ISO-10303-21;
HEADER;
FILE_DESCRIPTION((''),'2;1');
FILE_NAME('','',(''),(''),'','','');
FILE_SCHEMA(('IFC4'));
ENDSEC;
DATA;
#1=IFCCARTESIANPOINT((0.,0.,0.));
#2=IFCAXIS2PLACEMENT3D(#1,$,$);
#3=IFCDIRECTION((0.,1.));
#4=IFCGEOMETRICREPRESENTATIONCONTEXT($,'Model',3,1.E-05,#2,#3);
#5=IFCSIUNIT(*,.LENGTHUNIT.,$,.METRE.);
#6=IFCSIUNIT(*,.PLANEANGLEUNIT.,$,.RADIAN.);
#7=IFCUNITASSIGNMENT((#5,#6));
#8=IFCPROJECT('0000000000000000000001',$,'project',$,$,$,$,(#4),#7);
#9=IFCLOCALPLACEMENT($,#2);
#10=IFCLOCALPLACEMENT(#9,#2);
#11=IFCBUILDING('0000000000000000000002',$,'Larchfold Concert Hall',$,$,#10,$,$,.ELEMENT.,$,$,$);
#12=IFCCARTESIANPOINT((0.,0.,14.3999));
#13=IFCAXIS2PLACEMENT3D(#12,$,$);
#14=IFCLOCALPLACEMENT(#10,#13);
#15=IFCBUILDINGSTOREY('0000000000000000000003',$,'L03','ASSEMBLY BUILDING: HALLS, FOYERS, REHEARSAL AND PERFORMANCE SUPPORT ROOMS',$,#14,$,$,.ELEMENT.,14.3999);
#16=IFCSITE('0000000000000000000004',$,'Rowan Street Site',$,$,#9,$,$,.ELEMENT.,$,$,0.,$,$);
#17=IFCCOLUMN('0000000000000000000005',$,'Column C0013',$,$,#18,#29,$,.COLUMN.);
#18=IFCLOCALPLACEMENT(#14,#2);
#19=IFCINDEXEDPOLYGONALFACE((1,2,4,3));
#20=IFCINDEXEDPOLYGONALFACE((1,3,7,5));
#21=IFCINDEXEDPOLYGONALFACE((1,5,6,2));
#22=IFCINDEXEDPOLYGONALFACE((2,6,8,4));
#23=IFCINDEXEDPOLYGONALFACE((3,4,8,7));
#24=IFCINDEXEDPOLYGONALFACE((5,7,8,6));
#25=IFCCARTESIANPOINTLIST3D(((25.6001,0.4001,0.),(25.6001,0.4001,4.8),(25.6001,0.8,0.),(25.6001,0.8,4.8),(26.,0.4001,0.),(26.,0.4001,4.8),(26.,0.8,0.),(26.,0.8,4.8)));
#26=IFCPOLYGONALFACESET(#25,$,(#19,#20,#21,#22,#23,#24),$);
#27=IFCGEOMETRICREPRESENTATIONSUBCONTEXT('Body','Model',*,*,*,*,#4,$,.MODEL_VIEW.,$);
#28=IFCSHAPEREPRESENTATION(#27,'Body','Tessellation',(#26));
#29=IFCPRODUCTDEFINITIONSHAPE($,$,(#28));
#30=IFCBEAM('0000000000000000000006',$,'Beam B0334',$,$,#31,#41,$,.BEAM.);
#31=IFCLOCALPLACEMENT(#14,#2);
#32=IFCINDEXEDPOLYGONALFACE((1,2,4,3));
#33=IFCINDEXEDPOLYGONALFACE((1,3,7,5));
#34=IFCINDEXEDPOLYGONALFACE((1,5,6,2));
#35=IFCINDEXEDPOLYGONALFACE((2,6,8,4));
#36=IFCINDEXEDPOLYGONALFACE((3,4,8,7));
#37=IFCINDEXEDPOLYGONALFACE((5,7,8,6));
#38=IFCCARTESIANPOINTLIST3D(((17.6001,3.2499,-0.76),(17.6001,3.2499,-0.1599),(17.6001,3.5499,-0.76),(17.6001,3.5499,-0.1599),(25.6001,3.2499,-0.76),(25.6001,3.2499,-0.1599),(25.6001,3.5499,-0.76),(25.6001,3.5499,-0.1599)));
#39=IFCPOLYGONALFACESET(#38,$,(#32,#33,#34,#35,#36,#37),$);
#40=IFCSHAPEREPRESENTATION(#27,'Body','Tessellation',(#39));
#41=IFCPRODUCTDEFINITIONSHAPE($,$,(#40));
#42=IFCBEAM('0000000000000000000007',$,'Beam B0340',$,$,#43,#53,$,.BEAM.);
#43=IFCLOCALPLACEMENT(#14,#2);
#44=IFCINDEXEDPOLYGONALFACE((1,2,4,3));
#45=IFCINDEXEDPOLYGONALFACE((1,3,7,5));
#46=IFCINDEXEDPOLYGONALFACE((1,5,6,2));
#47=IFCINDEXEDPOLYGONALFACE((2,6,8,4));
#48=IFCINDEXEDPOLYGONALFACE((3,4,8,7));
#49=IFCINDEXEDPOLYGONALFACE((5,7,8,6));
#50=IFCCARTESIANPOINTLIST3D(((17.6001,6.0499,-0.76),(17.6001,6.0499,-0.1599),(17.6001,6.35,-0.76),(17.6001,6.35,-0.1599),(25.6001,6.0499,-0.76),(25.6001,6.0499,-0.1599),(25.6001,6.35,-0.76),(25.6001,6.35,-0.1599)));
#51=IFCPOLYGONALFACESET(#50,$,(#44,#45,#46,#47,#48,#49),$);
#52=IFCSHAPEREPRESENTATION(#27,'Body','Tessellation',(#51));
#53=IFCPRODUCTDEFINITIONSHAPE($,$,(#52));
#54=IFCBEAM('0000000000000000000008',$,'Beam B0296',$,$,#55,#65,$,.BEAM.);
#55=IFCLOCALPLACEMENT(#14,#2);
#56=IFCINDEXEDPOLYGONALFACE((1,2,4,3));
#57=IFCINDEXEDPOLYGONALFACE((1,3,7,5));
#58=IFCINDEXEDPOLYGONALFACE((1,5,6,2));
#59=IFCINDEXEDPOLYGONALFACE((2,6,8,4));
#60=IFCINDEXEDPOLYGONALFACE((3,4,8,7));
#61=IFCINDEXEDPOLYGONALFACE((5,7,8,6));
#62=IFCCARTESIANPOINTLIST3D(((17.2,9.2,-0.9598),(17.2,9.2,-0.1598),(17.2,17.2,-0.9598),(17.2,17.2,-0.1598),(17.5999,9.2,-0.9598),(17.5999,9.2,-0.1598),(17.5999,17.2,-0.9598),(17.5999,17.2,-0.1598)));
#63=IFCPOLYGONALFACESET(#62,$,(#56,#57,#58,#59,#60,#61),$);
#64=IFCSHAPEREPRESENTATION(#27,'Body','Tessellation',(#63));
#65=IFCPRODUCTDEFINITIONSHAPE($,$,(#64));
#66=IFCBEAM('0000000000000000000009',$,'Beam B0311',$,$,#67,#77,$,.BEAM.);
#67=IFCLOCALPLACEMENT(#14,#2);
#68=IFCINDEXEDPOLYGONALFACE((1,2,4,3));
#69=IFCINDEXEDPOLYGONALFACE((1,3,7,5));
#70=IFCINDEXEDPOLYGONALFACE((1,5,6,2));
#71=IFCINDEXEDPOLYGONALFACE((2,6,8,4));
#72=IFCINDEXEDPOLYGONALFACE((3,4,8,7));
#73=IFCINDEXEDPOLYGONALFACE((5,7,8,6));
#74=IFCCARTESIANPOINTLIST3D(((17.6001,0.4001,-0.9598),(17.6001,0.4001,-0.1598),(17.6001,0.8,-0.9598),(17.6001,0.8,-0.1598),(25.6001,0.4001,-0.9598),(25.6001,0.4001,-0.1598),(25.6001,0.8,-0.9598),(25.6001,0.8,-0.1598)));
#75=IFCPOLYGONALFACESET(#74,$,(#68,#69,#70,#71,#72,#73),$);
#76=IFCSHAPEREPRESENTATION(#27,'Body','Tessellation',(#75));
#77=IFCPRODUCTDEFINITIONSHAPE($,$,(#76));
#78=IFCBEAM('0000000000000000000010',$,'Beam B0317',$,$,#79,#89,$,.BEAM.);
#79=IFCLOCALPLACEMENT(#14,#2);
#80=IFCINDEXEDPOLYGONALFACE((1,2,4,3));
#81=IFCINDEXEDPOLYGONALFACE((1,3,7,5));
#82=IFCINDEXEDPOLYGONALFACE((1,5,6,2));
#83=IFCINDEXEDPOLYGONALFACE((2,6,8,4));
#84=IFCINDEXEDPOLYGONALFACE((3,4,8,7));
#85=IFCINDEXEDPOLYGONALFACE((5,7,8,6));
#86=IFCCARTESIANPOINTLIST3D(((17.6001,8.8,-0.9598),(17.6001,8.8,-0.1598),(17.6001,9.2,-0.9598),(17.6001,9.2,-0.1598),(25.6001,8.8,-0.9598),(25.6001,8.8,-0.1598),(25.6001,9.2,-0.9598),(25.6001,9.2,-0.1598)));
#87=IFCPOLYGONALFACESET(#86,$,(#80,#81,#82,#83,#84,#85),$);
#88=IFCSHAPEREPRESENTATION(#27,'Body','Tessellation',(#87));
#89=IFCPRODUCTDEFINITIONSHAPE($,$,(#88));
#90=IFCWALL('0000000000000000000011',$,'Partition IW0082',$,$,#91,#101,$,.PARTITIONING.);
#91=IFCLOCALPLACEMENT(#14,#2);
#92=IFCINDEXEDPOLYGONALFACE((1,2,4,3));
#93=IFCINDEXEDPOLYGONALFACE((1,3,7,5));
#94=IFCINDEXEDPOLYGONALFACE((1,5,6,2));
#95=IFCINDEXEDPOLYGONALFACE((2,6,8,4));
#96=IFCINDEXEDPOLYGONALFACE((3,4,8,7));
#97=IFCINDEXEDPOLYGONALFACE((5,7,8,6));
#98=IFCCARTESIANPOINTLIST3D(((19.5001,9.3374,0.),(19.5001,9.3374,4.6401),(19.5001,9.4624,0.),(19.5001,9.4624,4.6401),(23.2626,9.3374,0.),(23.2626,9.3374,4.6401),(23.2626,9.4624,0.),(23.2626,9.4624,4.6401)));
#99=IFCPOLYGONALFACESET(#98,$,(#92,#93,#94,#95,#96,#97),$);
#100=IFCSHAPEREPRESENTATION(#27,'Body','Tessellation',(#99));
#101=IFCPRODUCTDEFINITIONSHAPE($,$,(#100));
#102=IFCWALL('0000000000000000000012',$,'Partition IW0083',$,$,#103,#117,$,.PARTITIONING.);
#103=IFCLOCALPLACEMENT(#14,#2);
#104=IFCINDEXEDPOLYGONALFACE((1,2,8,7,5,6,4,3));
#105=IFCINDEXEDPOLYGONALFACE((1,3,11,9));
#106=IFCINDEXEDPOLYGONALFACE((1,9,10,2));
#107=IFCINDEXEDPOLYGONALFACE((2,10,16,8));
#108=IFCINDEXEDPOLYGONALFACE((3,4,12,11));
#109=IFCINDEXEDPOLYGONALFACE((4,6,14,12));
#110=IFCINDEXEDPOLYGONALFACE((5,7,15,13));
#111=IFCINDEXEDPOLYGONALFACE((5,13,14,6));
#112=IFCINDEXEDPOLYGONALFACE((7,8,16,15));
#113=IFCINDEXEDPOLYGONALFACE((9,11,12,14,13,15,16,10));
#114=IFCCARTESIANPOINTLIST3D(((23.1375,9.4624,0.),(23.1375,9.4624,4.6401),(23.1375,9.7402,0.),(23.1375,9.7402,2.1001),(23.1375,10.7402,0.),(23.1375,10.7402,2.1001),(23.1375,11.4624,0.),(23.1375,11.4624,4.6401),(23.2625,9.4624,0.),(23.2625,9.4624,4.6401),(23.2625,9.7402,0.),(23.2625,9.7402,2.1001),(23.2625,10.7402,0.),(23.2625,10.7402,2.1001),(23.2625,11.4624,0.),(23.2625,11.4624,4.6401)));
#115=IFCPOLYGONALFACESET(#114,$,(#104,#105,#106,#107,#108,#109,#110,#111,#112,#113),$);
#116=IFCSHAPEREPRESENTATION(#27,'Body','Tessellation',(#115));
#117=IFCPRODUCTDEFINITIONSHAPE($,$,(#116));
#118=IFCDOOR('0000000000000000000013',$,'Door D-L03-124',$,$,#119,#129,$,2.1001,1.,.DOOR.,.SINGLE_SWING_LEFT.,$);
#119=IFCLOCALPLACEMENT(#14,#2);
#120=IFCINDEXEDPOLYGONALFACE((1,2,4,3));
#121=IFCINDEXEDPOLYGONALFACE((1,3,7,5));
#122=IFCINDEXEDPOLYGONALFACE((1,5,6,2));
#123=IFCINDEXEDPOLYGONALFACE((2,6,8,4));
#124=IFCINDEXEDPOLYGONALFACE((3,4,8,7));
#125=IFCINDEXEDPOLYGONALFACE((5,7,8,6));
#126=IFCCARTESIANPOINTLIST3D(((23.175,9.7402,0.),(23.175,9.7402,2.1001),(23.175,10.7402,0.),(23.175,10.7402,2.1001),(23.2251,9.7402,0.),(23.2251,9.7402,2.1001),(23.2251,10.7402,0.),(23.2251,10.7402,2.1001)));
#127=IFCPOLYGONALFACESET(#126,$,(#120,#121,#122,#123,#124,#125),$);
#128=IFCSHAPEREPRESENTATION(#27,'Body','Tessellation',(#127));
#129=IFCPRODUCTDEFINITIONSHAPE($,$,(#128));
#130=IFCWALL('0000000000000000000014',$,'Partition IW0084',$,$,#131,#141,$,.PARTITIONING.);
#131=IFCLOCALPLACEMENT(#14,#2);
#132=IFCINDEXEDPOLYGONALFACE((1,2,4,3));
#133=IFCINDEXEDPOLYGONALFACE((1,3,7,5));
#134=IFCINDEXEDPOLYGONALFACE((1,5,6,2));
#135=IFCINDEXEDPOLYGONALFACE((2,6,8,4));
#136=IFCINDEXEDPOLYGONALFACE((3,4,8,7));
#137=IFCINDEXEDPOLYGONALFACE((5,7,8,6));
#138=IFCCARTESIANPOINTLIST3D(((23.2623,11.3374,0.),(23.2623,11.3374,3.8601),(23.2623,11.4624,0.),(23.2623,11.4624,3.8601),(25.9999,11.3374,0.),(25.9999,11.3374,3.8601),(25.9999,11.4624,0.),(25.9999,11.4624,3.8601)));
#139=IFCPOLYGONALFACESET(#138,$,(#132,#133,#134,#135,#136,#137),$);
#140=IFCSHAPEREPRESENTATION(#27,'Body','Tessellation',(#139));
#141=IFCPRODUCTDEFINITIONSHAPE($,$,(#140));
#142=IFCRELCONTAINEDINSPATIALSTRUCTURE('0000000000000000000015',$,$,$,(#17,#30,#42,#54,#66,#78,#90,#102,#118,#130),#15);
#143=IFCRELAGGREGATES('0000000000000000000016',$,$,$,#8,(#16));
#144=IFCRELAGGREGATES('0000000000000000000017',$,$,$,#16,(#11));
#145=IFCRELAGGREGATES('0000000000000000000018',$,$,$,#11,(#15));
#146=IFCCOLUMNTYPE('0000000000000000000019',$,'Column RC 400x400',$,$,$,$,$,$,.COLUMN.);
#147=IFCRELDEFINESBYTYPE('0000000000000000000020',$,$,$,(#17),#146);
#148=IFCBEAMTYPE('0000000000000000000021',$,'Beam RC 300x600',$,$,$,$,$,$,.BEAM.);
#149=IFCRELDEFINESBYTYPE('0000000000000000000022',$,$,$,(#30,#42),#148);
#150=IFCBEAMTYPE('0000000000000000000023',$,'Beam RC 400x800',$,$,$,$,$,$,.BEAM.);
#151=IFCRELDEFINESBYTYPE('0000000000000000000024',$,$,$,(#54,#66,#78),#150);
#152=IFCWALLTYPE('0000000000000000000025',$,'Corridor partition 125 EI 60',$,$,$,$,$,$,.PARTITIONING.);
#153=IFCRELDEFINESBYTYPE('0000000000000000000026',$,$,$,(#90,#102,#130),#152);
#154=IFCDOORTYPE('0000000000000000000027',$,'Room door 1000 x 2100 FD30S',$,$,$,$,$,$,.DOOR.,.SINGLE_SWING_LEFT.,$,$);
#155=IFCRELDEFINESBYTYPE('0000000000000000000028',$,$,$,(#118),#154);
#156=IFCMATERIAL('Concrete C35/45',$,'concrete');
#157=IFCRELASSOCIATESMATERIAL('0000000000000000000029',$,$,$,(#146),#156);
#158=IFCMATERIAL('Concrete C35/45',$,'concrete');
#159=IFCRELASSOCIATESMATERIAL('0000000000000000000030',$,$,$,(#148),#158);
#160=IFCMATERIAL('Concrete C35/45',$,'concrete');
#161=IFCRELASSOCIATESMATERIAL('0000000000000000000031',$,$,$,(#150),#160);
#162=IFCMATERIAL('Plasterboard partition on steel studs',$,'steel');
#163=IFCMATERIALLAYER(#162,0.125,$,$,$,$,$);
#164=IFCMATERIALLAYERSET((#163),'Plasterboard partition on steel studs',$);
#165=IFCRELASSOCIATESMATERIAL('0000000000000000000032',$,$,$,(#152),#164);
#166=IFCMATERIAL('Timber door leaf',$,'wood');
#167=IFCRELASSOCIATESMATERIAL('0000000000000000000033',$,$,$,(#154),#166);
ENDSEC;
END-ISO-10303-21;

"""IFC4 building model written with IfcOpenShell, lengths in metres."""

from ifc_helpers import new_model, si_unit, direction, frame, frame_2d, origin, origin_2d, place, context, subcontext, project, spatial, rectangle, extrude, material, layer, layer_set, material_profile, profile_set, type_object, element, fill, save


model = new_model("IFC4")

# Units and contexts
model_context = context("Model", 3, precision=1e-05, world=origin(), true_north=direction((0.0, 1.0)))
body_context = subcontext(model_context, "Body", "Model", "MODEL_VIEW")
ifc_project = project(units=[si_unit("LENGTHUNIT", "METRE"), si_unit("PLANEANGLEUNIT", "RADIAN")], contexts=[model_context])

# Site, building, storey
site_placement = place(None, origin())
site = spatial("IfcSite", under=ifc_project, at=site_placement, Name="Rowan Street Site", CompositionType="ELEMENT", RefElevation=0.0)
building_placement = place(site_placement, origin())
building = spatial("IfcBuilding", under=site, at=building_placement, Name="Larchfold Concert Hall", CompositionType="ELEMENT")
storey_placement = place(building_placement, frame((0.0, 0.0, 14.3999)))
storey = spatial("IfcBuildingStorey", under=building, at=storey_placement, Name="L03", Description="ASSEMBLY BUILDING: HALLS, FOYERS, REHEARSAL AND PERFORMANCE SUPPORT ROOMS", CompositionType="ELEMENT", Elevation=14.3999)

# Column
ifc_material_1 = material(Name="Concrete C35/45", Category="concrete")
ifc_material_profile_1 = material_profile(ifc_material_1, rectangle(XDim=0.3999, YDim=0.3999, at=origin_2d()))
ifc_profile_set_1 = profile_set([ifc_material_profile_1], Name="Concrete C35/45")
column_type = type_object("IfcColumnType", Name="Column RC 400x400", PredefinedType="COLUMN", material=ifc_profile_set_1)
column_placement = place(storey_placement, frame((25.8, 0.6001, 0.0), z_axis=(0.0, 0.0, 1.0), x_axis=(1.0, 0.0, 0.0)))
element("IfcColumn", 1, at=column_placement, inside=storey, type_object=column_type, Name="Column C0013", PredefinedType="COLUMN", context=body_context, shape_type="SweptSolid", body=[
    extrude(rectangle(XDim=0.3999, YDim=0.3999, at=origin_2d()), origin(), (0.0, 0.0, 1.0), 4.8),
])

# Beams
ifc_material_2 = material(Name="Concrete C35/45", Category="concrete")
ifc_material_profile_2 = material_profile(ifc_material_2, rectangle(XDim=0.3, YDim=0.6001, at=origin_2d()))
ifc_profile_set_2 = profile_set([ifc_material_profile_2], Name="Concrete C35/45")
beam_type_1 = type_object("IfcBeamType", Name="Beam RC 300x600", PredefinedType="BEAM", material=ifc_profile_set_2)
for number, where, z_axis, x_axis, name in (
    (2, (17.6001, 3.3999, -0.46), (1.0, 0.0, 0.0), (0.0, 1.0, 0.0), "Beam B0334"),
    (3, (17.6001, 6.2, -0.46), (1.0, 0.0, 0.0), (0.0, 1.0, 0.0), "Beam B0340"),
):
    element("IfcBeam", number, at=place(storey_placement, frame(where, z_axis=z_axis, x_axis=x_axis)), inside=storey, type_object=beam_type_1, Name=name, PredefinedType="BEAM", context=body_context, shape_type="SweptSolid", body=[
        extrude(rectangle(XDim=0.3, YDim=0.6001, at=origin_2d()), origin(), (0.0, 0.0, 1.0), 8.0),
    ])
ifc_material_3 = material(Name="Concrete C35/45", Category="concrete")
ifc_material_profile_3 = material_profile(ifc_material_3, rectangle(XDim=0.3999, YDim=0.8, at=origin_2d()))
ifc_profile_set_3 = profile_set([ifc_material_profile_3], Name="Concrete C35/45")
beam_type_2 = type_object("IfcBeamType", Name="Beam RC 400x800", PredefinedType="BEAM", material=ifc_profile_set_3)
for number, where, z_axis, x_axis, name in (
    (4, (17.3999, 9.2, -0.5598), (0.0, 1.0, 0.0), (-1.0, 0.0, 0.0), "Beam B0296"),
    (5, (17.6001, 0.6001, -0.5598), (1.0, 0.0, 0.0), (0.0, 1.0, 0.0), "Beam B0311"),
    (6, (17.6001, 9.0, -0.5598), (1.0, 0.0, 0.0), (0.0, 1.0, 0.0), "Beam B0317"),
):
    element("IfcBeam", number, at=place(storey_placement, frame(where, z_axis=z_axis, x_axis=x_axis)), inside=storey, type_object=beam_type_2, Name=name, PredefinedType="BEAM", context=body_context, shape_type="SweptSolid", body=[
        extrude(rectangle(XDim=0.3999, YDim=0.8, at=origin_2d()), origin(), (0.0, 0.0, 1.0), 8.0),
    ])

# Wall
ifc_material_4 = material(Name="Plasterboard partition on steel studs", Category="steel")
ifc_layer_1 = layer(ifc_material_4, 0.125)
ifc_layer_set_1 = layer_set([ifc_layer_1], Name="Plasterboard partition on steel studs")
wall_type_1 = type_object("IfcWallType", Name="Corridor partition 125 EI 60", PredefinedType="PARTITIONING", material=ifc_layer_set_1)
wall_1_placement = place(storey_placement, frame((19.5, 9.3999, 0.0), z_axis=(0.0, 0.0, 1.0), x_axis=(1.0, 0.0, 0.0)))
element("IfcWall", 7, at=wall_1_placement, inside=storey, type_object=wall_type_1, Name="Partition IW0082", PredefinedType="PARTITIONING", context=body_context, shape_type="SweptSolid", body=[
    extrude(rectangle(XDim=3.7625, YDim=0.125, at=frame_2d((1.8813, 0.0))), origin(), (0.0, 0.0, 1.0), 4.6401),
])

# Wall, opening, door
wall_2_placement = place(storey_placement, frame((23.2, 9.4624, 0.0), z_axis=(0.0, 0.0, 1.0), x_axis=(0.0, 1.0, 0.0)))
wall_2 = element("IfcWall", 8, at=wall_2_placement, inside=storey, type_object=wall_type_1, Name="Partition IW0083", PredefinedType="PARTITIONING", context=body_context, shape_type="SweptSolid", body=[
    extrude(rectangle(XDim=2.0, YDim=0.125, at=frame_2d((1.0, 0.0))), origin(), (0.0, 0.0, 1.0), 4.6401),
])
opening_1_placement = place(wall_2_placement, frame((0.2778, 0.0, 0.0)))
opening_1 = element("IfcOpeningElement", 9, at=opening_1_placement, cuts=wall_2, PredefinedType="OPENING", context=body_context, shape_type="SweptSolid", body=[
    extrude(rectangle(XDim=1.0, YDim=2.1001, at=frame_2d((0.5, 1.05))), frame((0.0, 0.0725, 0.0), z_axis=(0.0, -1.0, 0.0), x_axis=(1.0, 0.0, 0.0)), (0.0, 0.0, 1.0), 0.145),
])
ifc_material_5 = material(Name="Timber door leaf", Category="wood")
door_type = type_object("IfcDoorType", Name="Room door 1000 x 2100 FD30S", OperationType="SINGLE_SWING_LEFT", PredefinedType="DOOR", material=ifc_material_5)
door_placement = place(opening_1_placement, origin())
door = element("IfcDoor", 10, at=door_placement, inside=storey, type_object=door_type, Name="Door D-L03-124", OperationType="SINGLE_SWING_LEFT", OverallHeight=2.1001, OverallWidth=1.0, PredefinedType="DOOR", context=body_context, shape_type="SweptSolid", body=[
    extrude(rectangle(XDim=1.0, YDim=2.1001, at=frame_2d((0.5, 1.05))), frame((0.0, 0.0249, 0.0), z_axis=(0.0, -1.0, 0.0), x_axis=(1.0, 0.0, 0.0)), (0.0, 0.0, 1.0), 0.05),
])
fill(opening_1, door)

# Wall
wall_3_placement = place(storey_placement, frame((23.2625, 11.3999, 0.0), z_axis=(0.0, 0.0, 1.0), x_axis=(1.0, 0.0, 0.0)))
element("IfcWall", 11, at=wall_3_placement, inside=storey, type_object=wall_type_1, Name="Partition IW0084", PredefinedType="PARTITIONING", context=body_context, shape_type="SweptSolid", body=[
    extrude(rectangle(XDim=2.7375, YDim=0.125, at=frame_2d((1.3687, 0.0))), origin(), (0.0, 0.0, 1.0), 3.8601),
])

save(model, "model.ifc")
